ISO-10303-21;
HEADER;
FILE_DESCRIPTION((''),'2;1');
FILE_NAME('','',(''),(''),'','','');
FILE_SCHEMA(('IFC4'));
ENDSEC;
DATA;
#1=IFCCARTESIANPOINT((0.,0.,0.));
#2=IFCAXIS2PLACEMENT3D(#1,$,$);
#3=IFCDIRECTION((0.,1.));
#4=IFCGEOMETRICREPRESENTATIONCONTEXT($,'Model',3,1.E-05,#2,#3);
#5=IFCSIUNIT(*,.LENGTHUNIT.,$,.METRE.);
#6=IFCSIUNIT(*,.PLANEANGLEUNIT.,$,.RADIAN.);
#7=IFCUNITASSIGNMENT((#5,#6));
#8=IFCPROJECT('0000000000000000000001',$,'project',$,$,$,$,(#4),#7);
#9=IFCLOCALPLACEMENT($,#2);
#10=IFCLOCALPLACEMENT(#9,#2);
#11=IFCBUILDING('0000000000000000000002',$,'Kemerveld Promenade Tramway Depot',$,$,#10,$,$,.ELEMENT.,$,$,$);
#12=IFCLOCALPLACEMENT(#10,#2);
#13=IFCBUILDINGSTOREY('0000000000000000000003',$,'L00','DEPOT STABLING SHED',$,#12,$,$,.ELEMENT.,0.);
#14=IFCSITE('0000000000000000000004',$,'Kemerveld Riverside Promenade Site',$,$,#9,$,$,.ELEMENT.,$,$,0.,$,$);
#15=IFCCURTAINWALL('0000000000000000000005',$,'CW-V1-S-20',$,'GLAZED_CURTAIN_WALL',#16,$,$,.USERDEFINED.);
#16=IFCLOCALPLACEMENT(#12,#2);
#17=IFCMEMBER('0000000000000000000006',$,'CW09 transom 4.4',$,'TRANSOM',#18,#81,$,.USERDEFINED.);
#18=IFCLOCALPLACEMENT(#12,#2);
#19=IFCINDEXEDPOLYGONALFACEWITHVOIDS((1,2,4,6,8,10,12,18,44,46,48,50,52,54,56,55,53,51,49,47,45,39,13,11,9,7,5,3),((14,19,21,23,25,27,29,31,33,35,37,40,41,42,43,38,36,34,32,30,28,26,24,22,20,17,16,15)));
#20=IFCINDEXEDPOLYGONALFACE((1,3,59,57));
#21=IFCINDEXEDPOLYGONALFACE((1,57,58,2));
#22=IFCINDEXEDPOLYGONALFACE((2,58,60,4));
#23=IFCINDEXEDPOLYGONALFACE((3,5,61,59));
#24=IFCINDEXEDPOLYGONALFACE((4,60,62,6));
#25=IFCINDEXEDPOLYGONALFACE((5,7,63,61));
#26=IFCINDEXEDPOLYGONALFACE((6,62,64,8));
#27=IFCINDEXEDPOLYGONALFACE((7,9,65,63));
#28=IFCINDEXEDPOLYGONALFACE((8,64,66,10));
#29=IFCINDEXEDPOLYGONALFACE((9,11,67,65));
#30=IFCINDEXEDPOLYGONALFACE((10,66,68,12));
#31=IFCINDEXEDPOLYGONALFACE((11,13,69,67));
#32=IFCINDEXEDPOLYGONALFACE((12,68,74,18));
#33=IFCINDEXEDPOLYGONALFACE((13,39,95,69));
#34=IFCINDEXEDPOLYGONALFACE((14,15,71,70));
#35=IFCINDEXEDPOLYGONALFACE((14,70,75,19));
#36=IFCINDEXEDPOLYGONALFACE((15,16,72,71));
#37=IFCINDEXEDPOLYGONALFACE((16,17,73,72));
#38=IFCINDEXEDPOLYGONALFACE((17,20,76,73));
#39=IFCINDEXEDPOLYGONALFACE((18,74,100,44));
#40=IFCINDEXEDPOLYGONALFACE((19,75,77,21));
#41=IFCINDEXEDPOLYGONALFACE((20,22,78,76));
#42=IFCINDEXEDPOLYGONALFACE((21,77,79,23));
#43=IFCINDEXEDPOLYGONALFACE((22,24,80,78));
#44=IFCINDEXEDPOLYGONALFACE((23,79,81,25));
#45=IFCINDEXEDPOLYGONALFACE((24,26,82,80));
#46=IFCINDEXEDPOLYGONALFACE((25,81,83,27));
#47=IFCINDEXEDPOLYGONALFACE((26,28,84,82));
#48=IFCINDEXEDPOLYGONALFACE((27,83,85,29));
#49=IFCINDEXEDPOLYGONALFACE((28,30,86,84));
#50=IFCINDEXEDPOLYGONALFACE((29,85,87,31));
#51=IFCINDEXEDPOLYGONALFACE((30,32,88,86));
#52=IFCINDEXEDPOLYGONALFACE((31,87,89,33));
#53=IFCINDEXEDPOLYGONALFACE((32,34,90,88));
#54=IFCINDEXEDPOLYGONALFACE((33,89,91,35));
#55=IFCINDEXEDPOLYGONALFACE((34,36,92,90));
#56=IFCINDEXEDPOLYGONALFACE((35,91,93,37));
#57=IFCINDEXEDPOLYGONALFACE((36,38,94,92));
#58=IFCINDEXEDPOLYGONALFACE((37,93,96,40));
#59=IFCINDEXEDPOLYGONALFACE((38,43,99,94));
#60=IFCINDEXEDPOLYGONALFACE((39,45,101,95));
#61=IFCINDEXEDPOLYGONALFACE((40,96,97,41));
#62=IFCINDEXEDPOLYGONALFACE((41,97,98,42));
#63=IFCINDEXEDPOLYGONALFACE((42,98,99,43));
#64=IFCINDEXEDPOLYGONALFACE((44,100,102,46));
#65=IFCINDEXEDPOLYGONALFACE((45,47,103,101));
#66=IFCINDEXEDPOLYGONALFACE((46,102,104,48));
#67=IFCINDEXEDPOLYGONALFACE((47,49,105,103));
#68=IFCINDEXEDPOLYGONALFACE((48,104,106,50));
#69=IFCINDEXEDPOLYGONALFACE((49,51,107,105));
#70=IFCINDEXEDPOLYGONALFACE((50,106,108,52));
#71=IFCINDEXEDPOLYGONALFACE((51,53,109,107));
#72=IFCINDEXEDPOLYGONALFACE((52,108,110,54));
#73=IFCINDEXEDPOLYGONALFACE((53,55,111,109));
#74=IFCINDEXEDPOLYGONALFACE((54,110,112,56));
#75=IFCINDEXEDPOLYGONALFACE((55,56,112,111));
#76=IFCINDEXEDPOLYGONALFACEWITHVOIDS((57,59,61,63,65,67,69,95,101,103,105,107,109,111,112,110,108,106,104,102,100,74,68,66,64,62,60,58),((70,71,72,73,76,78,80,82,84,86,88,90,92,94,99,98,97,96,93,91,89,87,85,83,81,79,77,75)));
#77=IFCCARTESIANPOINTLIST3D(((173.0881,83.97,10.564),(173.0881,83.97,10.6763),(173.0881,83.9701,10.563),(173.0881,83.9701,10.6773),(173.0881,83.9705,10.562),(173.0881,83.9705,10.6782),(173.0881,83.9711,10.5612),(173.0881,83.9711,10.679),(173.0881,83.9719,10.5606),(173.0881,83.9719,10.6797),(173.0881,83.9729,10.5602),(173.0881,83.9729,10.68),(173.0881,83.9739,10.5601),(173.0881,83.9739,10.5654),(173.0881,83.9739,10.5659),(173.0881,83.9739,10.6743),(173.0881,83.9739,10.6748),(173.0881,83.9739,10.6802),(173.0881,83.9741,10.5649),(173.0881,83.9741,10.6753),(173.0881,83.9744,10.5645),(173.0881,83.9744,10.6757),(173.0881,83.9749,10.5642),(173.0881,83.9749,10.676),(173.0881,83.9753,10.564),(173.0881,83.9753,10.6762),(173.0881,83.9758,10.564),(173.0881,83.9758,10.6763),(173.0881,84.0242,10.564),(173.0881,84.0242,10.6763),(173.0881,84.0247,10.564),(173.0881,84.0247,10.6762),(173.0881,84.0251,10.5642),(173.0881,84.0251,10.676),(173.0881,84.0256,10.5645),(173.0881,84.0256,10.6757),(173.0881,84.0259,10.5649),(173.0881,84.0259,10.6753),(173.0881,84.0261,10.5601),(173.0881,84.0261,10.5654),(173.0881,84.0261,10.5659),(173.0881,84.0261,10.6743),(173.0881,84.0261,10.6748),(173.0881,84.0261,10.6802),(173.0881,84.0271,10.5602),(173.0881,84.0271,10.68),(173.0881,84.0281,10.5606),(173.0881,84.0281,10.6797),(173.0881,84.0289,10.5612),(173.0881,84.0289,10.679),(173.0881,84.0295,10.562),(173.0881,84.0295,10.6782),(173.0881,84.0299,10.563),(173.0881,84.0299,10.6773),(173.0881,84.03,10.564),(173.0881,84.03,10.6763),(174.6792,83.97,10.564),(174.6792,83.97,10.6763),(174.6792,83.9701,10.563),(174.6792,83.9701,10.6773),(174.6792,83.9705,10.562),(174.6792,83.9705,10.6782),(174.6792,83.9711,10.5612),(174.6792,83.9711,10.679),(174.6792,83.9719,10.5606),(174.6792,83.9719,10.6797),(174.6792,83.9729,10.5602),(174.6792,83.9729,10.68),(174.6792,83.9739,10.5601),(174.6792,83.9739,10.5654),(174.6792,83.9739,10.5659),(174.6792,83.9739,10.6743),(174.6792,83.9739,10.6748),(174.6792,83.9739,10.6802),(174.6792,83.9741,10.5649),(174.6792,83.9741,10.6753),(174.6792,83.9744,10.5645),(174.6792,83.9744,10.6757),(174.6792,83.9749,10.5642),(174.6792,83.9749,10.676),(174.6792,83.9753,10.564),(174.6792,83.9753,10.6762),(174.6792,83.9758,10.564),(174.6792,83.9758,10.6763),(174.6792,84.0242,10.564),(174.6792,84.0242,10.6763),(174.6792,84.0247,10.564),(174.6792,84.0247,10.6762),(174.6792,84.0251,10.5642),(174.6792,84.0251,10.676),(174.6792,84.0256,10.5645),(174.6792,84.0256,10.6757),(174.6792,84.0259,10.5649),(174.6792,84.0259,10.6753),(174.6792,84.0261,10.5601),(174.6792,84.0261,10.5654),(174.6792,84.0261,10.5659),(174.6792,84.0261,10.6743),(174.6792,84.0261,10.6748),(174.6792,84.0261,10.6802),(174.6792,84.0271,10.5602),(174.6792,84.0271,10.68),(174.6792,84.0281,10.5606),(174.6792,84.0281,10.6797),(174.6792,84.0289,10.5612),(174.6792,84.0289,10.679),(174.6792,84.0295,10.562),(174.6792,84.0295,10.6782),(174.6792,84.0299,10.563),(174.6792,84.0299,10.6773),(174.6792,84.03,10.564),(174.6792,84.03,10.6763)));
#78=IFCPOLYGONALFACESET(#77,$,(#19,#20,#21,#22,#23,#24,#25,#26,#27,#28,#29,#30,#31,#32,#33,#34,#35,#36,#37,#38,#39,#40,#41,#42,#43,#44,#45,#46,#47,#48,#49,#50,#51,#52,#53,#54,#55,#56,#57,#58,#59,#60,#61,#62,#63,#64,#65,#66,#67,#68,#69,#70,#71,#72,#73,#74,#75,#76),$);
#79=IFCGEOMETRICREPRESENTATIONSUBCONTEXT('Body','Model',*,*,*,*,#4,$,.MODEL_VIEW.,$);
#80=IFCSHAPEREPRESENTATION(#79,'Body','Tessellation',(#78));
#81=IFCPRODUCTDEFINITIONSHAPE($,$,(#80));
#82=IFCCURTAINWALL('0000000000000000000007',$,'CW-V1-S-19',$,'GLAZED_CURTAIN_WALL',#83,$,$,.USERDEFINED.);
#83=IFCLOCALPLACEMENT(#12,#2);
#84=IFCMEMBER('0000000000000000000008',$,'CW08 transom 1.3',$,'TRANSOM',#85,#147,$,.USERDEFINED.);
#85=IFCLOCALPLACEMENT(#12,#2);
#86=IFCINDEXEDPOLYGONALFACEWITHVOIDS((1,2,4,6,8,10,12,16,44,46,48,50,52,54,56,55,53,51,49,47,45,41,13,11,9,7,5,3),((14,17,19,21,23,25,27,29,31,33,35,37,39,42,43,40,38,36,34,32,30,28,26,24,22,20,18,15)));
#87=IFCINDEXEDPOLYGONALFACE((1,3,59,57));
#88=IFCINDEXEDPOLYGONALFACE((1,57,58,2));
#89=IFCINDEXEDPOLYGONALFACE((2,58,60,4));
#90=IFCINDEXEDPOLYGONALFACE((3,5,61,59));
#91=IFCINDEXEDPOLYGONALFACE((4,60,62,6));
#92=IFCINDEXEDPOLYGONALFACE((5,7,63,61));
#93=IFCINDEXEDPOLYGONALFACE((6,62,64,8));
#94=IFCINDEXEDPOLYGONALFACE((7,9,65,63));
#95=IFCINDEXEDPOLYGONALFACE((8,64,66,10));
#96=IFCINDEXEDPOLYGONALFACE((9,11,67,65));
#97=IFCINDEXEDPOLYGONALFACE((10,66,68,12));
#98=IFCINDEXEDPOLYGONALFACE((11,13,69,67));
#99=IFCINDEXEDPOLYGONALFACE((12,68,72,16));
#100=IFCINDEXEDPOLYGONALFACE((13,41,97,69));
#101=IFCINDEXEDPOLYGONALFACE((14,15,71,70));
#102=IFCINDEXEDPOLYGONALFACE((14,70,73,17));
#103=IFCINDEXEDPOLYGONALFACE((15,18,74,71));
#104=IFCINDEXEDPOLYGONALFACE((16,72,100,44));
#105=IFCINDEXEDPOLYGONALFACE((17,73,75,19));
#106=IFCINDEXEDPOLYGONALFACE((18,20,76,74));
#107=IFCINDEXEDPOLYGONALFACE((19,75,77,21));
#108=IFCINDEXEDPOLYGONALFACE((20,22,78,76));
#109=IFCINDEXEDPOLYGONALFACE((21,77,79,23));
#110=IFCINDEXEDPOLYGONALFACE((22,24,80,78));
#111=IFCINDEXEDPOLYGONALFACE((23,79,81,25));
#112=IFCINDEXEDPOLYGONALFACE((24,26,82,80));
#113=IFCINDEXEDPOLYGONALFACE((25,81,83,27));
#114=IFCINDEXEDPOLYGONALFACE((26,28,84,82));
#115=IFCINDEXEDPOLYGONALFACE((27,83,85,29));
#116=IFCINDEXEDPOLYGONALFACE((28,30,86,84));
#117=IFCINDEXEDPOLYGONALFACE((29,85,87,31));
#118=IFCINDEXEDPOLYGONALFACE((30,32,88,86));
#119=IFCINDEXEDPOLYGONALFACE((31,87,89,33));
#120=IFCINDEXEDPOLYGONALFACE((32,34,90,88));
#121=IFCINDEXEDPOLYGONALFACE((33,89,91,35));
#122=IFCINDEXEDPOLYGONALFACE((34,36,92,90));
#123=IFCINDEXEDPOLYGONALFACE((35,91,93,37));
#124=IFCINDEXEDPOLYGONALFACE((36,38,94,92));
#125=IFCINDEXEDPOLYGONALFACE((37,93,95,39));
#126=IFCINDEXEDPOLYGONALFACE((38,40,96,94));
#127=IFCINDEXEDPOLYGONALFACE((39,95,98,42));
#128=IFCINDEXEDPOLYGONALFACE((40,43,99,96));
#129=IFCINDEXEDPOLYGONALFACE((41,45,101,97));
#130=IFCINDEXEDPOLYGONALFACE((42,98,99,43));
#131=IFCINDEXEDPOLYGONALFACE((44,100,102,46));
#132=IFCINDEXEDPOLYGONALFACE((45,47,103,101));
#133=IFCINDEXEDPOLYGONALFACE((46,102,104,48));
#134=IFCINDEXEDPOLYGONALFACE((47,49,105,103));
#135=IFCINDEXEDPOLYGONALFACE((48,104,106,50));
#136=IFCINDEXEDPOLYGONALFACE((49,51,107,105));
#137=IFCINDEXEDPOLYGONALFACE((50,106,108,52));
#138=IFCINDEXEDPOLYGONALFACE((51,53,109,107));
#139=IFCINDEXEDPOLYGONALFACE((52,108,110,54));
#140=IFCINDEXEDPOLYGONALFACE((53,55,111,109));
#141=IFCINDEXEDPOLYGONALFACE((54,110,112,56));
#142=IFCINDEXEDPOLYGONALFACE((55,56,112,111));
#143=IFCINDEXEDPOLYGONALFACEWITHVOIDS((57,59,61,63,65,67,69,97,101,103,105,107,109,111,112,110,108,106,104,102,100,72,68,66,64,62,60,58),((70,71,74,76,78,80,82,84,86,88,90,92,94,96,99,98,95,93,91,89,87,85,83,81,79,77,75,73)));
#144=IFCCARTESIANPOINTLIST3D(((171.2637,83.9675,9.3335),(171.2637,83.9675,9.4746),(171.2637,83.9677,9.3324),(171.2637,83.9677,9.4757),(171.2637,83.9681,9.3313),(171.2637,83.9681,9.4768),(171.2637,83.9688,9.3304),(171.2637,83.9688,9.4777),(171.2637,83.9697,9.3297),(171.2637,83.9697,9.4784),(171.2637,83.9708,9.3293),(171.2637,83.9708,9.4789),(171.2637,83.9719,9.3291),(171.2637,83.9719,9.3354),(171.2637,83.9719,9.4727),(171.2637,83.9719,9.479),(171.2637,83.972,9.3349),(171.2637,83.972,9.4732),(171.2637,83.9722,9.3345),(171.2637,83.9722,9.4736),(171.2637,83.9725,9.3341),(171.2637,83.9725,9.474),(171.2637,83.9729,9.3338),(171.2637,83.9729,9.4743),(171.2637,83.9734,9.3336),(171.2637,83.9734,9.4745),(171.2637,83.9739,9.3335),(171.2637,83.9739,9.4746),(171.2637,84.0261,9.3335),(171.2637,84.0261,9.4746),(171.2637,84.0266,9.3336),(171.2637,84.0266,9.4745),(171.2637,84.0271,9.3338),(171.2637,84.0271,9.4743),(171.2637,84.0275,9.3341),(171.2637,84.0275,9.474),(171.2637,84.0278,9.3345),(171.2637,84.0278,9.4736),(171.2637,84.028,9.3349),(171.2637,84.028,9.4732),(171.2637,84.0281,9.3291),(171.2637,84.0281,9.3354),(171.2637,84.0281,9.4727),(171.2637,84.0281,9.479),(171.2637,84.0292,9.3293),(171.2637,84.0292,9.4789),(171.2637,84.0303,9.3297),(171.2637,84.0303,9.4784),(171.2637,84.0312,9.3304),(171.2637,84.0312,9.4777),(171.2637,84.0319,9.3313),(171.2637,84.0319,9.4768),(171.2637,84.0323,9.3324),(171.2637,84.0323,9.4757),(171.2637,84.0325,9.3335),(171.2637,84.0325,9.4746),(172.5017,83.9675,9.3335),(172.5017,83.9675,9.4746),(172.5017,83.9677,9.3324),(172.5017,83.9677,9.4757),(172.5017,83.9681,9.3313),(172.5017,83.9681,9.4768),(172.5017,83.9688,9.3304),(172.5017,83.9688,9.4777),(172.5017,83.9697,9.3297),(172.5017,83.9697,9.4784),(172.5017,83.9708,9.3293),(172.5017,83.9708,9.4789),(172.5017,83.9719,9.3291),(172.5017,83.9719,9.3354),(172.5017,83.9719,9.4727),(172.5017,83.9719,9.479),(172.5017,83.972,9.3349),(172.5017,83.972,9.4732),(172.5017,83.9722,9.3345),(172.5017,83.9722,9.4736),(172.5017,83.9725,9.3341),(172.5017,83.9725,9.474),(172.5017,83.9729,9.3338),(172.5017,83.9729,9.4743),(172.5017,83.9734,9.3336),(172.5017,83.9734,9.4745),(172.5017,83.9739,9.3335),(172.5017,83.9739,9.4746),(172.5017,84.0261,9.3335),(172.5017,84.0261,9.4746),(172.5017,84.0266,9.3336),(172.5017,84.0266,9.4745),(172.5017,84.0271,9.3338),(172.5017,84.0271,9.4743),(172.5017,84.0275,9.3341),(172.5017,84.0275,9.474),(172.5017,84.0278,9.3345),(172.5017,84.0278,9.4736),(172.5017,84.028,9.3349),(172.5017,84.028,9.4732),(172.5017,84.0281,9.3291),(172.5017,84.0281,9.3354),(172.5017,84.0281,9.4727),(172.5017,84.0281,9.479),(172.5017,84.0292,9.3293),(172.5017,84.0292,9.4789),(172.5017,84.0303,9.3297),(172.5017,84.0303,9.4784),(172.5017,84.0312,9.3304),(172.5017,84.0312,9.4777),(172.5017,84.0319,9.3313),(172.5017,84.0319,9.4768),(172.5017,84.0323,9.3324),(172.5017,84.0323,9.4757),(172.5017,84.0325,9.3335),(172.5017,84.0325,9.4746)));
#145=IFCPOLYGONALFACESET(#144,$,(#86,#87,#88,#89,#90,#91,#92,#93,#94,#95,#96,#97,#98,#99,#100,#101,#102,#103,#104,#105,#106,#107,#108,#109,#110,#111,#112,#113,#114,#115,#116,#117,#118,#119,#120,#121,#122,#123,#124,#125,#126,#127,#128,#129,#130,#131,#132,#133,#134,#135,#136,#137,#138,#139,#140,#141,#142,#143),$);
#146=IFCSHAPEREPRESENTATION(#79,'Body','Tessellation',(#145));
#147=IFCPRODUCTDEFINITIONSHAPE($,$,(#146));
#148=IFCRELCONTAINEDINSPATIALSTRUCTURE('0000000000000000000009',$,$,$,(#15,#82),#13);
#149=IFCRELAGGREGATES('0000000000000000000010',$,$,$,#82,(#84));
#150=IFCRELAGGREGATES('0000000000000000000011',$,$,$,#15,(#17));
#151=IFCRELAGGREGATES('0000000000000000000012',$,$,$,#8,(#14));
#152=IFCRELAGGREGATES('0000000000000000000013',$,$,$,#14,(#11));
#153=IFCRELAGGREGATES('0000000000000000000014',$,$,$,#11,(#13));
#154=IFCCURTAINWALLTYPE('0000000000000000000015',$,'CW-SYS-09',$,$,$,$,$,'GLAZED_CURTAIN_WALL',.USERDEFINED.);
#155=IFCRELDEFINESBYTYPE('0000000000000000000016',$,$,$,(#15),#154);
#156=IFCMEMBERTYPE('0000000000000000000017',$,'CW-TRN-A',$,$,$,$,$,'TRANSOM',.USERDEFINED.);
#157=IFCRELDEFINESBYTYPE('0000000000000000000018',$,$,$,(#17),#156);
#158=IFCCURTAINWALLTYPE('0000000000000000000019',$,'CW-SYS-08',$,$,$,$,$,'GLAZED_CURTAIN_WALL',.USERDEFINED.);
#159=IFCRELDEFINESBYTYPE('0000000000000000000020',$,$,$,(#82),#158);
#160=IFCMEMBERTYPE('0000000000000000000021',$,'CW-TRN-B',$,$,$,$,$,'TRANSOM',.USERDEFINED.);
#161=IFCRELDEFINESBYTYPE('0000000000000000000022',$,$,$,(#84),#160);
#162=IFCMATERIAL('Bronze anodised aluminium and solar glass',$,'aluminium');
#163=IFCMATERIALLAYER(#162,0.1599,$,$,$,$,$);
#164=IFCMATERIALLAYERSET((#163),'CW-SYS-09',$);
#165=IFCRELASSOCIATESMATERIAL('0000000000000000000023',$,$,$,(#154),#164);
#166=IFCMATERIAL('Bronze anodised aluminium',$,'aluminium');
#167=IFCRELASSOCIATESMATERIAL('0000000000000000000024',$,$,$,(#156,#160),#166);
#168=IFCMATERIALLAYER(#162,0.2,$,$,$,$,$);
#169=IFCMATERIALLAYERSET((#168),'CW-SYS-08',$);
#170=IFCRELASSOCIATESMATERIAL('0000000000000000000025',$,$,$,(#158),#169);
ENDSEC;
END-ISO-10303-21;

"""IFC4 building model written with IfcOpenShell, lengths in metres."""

from ifc_helpers import new_model, si_unit, direction, frame, origin, origin_2d, place, context, subcontext, project, spatial, hollow_rectangle, extrude, material, layer, layer_set, material_profile, profile_set, type_object, element, aggregate, save


model = new_model("IFC4")

# Units and contexts
model_context = context("Model", 3, precision=1e-05, world=origin(), true_north=direction((0.0, 1.0)))
body_context = subcontext(model_context, "Body", "Model", "MODEL_VIEW")
ifc_project = project(units=[si_unit("LENGTHUNIT", "METRE"), si_unit("PLANEANGLEUNIT", "RADIAN")], contexts=[model_context])

# Site, building, storey
site_placement = place(None, origin())
site = spatial("IfcSite", under=ifc_project, at=site_placement, Name="Kemerveld Riverside Promenade Site", CompositionType="ELEMENT", RefElevation=0.0)
building_placement = place(site_placement, origin())
building = spatial("IfcBuilding", under=site, at=building_placement, Name="Kemerveld Promenade Tramway Depot", CompositionType="ELEMENT")
storey_placement = place(building_placement, origin())
storey = spatial("IfcBuildingStorey", under=building, at=storey_placement, Name="L00", Description="DEPOT STABLING SHED", CompositionType="ELEMENT", Elevation=0.0)

# Curtain walls, members
ifc_material_1 = material(Name="Bronze anodised aluminium and solar glass", Category="aluminium")
ifc_layer_1 = layer(ifc_material_1, 0.1599)
ifc_layer_set_1 = layer_set([ifc_layer_1], Name="CW-SYS-09")
curtain_wall_type_1 = type_object("IfcCurtainWallType", Name="CW-SYS-09", ElementType="GLAZED_CURTAIN_WALL", PredefinedType="USERDEFINED", material=ifc_layer_set_1)
curtain_wall_1_placement = place(storey_placement, origin())
curtain_wall_1 = element("IfcCurtainWall", 1, at=curtain_wall_1_placement, inside=storey, type_object=curtain_wall_type_1, Name="CW-V1-S-20", ObjectType="GLAZED_CURTAIN_WALL", PredefinedType="USERDEFINED")
ifc_material_2 = material(Name="Bronze anodised aluminium", Category="aluminium")
ifc_material_profile_1 = material_profile(ifc_material_2, hollow_rectangle(XDim=0.0601, YDim=0.1201, WallThickness=0.0039, InnerFilletRadius=0.002, OuterFilletRadius=0.0039, at=origin_2d()), Name="CW-TRN-120x60")
ifc_profile_set_1 = profile_set([ifc_material_profile_1], Name="Bronze anodised aluminium")
member_type_1 = type_object("IfcMemberType", Name="CW-TRN-A", ElementType="TRANSOM", PredefinedType="USERDEFINED", material=ifc_profile_set_1)
member_1_placement = place(storey_placement, frame((174.6792, 84.0, 10.6201), z_axis=(-1.0, 0.0, 0.0), x_axis=(0.0, -1.0, 0.0)))
member_1 = element("IfcMember", 2, at=member_1_placement, type_object=member_type_1, Name="CW09 transom 4.4", ObjectType="TRANSOM", PredefinedType="USERDEFINED", context=body_context, shape_type="SweptSolid", body=[
    extrude(hollow_rectangle(XDim=0.0601, YDim=0.1201, WallThickness=0.0039, InnerFilletRadius=0.002, OuterFilletRadius=0.0039, at=origin_2d()), origin(), (0.0, 0.0, 1.0), 1.5911),
])
ifc_layer_2 = layer(ifc_material_1, 0.2)
ifc_layer_set_2 = layer_set([ifc_layer_2], Name="CW-SYS-08")
curtain_wall_type_2 = type_object("IfcCurtainWallType", Name="CW-SYS-08", ElementType="GLAZED_CURTAIN_WALL", PredefinedType="USERDEFINED", material=ifc_layer_set_2)
curtain_wall_2_placement = place(storey_placement, origin())
curtain_wall_2 = element("IfcCurtainWall", 3, at=curtain_wall_2_placement, inside=storey, type_object=curtain_wall_type_2, Name="CW-V1-S-19", ObjectType="GLAZED_CURTAIN_WALL", PredefinedType="USERDEFINED")
ifc_material_profile_2 = material_profile(ifc_material_2, hollow_rectangle(XDim=0.0649, YDim=0.1499, WallThickness=0.0044, InnerFilletRadius=0.002, OuterFilletRadius=0.0044, at=origin_2d()), Name="CW-TRN-150x65")
ifc_profile_set_2 = profile_set([ifc_material_profile_2], Name="Bronze anodised aluminium")
member_type_2 = type_object("IfcMemberType", Name="CW-TRN-B", ElementType="TRANSOM", PredefinedType="USERDEFINED", material=ifc_profile_set_2)
member_2_placement = place(storey_placement, frame((172.5017, 84.0, 9.4041), z_axis=(-1.0, 0.0, 0.0), x_axis=(0.0, -1.0, 0.0)))
member_2 = element("IfcMember", 4, at=member_2_placement, type_object=member_type_2, Name="CW08 transom 1.3", ObjectType="TRANSOM", PredefinedType="USERDEFINED", context=body_context, shape_type="SweptSolid", body=[
    extrude(hollow_rectangle(XDim=0.0649, YDim=0.1499, WallThickness=0.0044, InnerFilletRadius=0.002, OuterFilletRadius=0.0044, at=origin_2d()), origin(), (0.0, 0.0, 1.0), 1.238),
])

aggregate(curtain_wall_2, [member_2])
aggregate(curtain_wall_1, [member_1])

save(model, "model.ifc")
